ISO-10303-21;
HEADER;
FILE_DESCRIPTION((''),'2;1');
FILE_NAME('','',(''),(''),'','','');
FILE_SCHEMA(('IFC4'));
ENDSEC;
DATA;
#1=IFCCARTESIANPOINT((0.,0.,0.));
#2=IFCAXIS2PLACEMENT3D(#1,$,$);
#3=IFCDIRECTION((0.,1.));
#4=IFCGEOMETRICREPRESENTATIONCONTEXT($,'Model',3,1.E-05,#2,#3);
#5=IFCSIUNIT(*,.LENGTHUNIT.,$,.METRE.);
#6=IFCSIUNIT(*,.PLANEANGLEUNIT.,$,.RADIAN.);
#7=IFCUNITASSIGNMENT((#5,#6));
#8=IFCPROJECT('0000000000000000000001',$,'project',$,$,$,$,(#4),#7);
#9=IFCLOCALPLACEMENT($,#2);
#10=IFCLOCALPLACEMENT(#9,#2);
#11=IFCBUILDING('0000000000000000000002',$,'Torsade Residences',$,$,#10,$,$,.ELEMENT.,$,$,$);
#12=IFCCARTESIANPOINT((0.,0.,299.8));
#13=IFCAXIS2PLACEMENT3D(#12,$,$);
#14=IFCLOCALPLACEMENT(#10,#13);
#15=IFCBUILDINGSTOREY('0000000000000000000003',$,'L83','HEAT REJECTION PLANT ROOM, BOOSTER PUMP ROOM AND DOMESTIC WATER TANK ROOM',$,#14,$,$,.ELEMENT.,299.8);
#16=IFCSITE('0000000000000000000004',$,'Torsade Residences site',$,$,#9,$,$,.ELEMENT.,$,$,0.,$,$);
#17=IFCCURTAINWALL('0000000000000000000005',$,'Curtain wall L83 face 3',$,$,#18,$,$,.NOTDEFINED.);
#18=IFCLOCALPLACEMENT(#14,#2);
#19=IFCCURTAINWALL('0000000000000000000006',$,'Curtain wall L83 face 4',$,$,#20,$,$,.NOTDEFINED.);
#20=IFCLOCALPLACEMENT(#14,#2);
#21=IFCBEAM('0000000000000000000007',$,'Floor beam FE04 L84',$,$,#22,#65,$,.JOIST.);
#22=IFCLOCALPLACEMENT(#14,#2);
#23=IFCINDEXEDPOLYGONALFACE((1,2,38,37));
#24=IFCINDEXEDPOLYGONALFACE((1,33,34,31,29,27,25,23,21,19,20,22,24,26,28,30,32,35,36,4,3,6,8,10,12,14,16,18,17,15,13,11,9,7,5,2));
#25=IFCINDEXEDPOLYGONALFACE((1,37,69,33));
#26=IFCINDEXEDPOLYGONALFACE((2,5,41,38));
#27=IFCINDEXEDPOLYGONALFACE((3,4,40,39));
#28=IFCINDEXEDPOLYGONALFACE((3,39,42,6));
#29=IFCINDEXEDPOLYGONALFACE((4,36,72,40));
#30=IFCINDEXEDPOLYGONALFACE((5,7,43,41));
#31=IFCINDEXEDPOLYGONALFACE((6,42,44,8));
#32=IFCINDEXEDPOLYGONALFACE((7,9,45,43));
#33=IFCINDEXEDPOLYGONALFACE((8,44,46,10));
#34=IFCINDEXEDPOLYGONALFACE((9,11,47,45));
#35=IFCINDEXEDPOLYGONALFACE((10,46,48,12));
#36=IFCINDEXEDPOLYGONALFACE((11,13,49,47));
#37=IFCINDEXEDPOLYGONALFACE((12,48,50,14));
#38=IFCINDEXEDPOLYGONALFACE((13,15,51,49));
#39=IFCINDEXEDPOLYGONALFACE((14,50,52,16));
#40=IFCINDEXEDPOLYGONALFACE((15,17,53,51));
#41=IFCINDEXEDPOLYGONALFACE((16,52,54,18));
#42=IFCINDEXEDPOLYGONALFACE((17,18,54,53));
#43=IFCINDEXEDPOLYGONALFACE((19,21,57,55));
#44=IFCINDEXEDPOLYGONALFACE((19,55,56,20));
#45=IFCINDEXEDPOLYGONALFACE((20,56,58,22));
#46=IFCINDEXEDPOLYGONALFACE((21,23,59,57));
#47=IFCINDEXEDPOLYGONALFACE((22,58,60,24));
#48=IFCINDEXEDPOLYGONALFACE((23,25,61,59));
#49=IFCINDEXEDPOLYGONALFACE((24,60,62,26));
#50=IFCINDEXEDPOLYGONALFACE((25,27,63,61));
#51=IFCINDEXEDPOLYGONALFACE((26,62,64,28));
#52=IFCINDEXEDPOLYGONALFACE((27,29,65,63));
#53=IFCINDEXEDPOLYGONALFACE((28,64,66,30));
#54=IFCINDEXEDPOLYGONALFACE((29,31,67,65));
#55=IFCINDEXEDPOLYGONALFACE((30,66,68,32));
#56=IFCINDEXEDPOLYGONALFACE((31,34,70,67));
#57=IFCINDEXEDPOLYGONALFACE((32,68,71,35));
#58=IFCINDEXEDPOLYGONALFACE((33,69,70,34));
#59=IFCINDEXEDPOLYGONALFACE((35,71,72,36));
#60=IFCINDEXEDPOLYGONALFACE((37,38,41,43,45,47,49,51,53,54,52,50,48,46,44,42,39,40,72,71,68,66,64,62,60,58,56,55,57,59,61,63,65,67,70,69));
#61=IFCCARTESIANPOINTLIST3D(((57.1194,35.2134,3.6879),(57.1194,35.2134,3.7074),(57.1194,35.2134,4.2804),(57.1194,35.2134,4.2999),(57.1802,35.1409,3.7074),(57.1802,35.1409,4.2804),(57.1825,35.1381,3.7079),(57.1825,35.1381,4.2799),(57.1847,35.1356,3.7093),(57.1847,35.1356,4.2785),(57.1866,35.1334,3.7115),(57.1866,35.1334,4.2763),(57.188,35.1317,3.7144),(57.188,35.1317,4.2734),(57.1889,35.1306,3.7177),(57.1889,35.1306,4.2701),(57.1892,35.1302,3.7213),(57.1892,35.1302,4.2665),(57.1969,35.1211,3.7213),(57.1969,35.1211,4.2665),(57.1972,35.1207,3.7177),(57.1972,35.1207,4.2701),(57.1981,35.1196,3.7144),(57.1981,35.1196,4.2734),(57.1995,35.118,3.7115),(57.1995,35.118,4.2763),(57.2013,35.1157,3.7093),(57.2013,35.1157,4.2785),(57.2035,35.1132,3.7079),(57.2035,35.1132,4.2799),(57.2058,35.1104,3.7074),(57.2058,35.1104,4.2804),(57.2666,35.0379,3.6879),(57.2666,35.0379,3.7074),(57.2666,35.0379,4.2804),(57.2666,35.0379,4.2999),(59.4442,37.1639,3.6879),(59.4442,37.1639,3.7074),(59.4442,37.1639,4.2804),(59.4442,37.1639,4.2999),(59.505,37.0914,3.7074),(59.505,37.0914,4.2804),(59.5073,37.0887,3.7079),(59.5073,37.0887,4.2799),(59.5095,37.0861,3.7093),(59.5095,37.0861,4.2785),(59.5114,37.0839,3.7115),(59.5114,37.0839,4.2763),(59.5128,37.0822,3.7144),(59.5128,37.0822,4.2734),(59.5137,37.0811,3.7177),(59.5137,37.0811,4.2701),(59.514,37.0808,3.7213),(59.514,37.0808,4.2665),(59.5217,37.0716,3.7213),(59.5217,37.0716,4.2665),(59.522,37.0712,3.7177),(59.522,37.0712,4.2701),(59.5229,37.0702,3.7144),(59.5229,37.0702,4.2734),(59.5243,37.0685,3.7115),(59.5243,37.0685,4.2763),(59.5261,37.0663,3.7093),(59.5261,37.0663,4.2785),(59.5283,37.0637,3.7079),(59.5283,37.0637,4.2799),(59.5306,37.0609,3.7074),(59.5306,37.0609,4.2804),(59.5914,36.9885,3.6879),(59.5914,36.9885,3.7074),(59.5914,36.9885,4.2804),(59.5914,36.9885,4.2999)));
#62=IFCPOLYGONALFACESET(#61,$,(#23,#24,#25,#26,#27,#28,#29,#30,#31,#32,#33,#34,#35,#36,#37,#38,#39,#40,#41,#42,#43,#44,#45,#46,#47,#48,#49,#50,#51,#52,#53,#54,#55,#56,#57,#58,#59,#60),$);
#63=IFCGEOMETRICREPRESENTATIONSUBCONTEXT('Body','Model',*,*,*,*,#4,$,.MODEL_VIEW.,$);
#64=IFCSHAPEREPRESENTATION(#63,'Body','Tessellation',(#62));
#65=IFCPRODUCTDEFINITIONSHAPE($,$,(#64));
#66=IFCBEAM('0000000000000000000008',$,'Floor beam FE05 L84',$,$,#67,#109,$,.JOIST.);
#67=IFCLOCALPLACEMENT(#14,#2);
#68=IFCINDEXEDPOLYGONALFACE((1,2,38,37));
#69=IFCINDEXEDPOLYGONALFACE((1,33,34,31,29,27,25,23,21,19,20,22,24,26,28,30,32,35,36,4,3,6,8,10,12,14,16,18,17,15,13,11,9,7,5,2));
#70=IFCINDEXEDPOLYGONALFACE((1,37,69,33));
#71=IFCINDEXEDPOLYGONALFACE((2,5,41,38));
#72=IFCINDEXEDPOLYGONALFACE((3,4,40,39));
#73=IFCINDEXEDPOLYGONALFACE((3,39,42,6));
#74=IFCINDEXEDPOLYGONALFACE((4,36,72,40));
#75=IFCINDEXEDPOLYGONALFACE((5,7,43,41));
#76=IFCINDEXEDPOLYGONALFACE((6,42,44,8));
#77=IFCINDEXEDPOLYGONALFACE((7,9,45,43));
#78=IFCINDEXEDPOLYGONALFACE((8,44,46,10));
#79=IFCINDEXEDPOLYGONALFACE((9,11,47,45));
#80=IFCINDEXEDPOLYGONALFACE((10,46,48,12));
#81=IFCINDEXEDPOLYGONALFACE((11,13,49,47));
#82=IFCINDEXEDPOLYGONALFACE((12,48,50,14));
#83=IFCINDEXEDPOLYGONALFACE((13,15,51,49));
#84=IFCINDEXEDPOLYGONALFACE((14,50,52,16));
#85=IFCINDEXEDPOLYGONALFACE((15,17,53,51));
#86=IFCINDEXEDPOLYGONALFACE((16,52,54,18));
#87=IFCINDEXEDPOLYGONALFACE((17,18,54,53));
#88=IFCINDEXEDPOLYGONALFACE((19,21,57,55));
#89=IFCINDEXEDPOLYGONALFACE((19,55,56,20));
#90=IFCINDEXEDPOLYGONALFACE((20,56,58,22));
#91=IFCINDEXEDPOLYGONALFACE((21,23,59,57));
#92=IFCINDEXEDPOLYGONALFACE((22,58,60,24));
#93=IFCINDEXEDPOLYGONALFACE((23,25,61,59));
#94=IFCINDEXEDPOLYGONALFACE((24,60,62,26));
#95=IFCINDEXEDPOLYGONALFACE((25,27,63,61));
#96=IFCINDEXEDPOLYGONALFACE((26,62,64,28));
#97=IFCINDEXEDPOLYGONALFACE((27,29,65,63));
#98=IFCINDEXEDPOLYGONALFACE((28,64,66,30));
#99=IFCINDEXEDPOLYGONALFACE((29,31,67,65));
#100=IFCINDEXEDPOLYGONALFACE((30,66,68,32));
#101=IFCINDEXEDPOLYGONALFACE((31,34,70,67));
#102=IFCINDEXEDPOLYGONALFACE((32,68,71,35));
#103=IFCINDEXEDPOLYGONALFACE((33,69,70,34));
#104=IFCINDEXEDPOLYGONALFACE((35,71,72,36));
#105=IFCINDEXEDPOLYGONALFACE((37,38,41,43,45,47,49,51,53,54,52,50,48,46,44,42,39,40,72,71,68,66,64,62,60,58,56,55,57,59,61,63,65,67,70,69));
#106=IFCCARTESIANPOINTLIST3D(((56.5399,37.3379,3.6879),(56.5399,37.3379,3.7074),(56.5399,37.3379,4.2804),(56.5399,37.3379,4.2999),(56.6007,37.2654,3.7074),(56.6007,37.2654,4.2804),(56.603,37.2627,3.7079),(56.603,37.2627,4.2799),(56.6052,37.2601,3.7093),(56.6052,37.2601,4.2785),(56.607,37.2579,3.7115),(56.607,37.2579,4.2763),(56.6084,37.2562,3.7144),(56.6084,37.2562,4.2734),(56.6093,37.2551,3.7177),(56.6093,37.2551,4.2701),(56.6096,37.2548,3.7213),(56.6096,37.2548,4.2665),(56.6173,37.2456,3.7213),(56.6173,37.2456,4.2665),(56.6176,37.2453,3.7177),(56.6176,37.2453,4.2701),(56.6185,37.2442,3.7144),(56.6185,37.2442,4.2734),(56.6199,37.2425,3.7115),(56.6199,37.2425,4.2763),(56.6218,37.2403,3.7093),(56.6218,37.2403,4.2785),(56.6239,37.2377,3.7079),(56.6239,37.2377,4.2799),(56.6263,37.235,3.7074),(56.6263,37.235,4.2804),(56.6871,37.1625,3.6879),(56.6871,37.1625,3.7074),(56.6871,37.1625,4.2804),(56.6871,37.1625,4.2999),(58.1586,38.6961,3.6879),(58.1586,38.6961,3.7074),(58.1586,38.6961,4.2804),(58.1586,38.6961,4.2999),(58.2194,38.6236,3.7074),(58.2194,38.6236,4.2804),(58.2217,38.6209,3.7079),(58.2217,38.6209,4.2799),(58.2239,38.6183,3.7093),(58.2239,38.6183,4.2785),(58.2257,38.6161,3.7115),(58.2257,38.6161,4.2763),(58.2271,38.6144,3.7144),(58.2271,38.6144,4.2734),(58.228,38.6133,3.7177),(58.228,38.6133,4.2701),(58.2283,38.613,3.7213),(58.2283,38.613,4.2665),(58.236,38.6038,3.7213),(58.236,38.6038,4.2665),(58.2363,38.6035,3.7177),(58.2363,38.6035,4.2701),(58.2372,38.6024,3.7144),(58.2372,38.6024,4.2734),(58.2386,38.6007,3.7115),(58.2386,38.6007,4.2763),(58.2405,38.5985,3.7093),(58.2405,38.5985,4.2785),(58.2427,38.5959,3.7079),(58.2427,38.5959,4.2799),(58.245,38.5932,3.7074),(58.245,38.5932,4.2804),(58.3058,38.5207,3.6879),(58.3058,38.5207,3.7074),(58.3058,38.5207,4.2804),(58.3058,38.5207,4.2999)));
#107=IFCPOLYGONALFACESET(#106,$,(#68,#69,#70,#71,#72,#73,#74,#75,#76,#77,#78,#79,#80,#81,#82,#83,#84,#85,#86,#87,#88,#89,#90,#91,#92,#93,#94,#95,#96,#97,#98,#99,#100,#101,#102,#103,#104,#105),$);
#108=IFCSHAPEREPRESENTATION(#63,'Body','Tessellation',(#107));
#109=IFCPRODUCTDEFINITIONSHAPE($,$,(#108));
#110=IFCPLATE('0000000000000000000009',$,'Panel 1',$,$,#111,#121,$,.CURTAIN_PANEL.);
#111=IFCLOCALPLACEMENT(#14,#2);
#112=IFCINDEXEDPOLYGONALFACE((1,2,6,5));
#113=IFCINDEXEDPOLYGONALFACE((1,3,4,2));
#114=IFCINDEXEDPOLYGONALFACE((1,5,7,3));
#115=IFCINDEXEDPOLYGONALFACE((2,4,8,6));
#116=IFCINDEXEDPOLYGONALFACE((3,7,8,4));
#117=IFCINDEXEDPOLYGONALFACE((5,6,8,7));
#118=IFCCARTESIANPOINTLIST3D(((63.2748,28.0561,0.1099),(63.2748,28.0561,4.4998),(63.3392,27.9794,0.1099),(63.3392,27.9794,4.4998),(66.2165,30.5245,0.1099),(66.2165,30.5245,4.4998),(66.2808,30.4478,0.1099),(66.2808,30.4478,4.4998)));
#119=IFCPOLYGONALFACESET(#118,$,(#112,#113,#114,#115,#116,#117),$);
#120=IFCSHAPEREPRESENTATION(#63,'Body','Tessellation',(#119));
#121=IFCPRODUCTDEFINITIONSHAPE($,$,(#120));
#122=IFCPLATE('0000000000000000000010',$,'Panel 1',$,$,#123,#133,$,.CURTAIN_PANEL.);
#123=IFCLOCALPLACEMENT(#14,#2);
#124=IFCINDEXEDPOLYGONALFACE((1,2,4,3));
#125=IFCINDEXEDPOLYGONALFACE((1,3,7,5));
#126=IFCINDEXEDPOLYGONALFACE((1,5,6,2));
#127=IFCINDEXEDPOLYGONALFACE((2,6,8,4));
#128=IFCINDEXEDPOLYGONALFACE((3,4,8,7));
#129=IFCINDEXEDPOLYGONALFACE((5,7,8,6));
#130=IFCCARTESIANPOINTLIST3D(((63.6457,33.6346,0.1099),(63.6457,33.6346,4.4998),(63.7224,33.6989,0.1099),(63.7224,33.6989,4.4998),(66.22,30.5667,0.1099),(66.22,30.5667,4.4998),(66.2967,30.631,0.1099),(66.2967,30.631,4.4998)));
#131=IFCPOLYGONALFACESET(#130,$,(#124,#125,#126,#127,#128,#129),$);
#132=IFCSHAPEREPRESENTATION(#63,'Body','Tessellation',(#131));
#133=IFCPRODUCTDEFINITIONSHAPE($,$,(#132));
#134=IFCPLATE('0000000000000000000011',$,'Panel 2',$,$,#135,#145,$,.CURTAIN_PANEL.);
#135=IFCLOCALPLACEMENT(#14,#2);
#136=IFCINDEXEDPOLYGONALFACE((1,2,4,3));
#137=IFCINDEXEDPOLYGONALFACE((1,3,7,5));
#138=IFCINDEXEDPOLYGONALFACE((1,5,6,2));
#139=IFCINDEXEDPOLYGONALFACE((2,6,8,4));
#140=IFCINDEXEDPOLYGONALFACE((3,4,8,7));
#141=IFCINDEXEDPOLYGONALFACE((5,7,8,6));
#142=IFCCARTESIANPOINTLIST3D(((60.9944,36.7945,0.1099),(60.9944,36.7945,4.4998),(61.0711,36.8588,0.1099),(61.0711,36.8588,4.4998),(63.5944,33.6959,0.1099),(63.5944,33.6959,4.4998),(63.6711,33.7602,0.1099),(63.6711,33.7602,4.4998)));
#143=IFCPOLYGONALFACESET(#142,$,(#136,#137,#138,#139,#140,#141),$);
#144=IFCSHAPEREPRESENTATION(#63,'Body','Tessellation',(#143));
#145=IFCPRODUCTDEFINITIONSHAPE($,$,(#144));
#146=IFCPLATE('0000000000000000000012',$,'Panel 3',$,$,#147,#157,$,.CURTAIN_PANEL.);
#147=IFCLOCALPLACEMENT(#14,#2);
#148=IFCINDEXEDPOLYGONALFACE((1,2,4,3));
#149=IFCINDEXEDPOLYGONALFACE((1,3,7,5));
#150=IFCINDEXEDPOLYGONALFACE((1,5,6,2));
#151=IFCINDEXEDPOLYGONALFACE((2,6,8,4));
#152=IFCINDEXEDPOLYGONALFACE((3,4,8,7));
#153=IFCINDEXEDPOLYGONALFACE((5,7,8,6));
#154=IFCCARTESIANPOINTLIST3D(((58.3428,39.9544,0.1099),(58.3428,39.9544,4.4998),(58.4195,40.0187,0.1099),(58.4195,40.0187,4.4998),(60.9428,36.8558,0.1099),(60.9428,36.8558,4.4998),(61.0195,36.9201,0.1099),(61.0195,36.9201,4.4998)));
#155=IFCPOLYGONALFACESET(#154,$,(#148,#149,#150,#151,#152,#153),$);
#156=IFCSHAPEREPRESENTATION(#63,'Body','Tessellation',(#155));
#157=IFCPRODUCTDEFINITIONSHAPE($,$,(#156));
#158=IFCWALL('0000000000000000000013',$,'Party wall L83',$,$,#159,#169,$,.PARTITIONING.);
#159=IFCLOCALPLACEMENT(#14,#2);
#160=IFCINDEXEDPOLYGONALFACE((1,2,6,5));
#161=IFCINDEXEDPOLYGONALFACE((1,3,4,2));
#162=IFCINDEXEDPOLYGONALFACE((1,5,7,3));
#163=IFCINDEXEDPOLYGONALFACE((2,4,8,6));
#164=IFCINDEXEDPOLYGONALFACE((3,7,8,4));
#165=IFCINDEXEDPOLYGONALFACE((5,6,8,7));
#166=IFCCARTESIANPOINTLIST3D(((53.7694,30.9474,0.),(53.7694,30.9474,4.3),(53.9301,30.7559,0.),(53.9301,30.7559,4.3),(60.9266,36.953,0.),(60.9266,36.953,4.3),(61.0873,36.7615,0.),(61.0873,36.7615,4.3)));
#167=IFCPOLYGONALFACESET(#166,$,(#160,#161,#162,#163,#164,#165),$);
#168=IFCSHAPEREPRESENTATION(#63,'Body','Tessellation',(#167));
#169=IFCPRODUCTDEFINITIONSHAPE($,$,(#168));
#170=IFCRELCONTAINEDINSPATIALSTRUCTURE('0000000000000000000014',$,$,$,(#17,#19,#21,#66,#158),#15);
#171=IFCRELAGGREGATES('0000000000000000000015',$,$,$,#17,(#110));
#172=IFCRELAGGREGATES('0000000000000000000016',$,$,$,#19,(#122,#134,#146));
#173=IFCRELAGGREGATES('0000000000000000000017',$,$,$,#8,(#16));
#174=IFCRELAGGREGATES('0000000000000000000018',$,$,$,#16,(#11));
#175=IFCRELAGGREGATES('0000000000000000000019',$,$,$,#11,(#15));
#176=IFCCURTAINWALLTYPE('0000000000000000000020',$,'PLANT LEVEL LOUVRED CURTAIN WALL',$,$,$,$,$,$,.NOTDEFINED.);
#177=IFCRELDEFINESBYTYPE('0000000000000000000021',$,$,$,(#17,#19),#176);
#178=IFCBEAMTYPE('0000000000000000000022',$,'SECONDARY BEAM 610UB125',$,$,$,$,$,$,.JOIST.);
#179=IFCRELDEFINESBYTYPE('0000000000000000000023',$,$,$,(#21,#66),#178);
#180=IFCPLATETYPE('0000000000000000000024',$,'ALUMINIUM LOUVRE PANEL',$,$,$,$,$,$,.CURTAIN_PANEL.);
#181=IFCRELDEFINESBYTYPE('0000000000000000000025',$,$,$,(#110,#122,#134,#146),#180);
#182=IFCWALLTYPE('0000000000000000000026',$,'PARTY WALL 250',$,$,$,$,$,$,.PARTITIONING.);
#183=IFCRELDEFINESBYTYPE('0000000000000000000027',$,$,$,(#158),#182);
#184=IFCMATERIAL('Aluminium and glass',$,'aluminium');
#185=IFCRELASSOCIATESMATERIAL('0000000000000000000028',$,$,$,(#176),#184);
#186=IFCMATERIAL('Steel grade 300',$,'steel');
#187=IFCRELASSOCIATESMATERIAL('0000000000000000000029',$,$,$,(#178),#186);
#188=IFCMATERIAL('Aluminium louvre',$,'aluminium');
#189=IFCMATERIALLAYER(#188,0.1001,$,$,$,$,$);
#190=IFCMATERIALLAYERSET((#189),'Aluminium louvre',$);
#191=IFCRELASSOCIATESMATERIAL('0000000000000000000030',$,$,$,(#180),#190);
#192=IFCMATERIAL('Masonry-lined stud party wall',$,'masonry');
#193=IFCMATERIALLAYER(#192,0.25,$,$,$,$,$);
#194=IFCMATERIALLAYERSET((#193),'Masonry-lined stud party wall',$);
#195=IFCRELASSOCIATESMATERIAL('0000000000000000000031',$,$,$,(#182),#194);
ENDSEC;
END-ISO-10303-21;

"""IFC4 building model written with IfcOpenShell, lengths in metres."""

from ifc_helpers import new_model, si_unit, direction, frame, frame_2d, origin, origin_2d, place, context, subcontext, project, spatial, rectangle, i_section, extrude, material, layer, layer_set, material_profile, profile_set, type_object, element, aggregate, save


model = new_model("IFC4")

# Units and contexts
model_context = context("Model", 3, precision=1e-05, world=origin(), true_north=direction((0.0, 1.0)))
body_context = subcontext(model_context, "Body", "Model", "MODEL_VIEW")
ifc_project = project(units=[si_unit("LENGTHUNIT", "METRE"), si_unit("PLANEANGLEUNIT", "RADIAN")], contexts=[model_context])

# Site, building, storey
site_placement = place(None, origin())
site = spatial("IfcSite", under=ifc_project, at=site_placement, Name="Torsade Residences site", CompositionType="ELEMENT", RefElevation=0.0)
building_placement = place(site_placement, origin())
building = spatial("IfcBuilding", under=site, at=building_placement, Name="Torsade Residences", CompositionType="ELEMENT")
storey_placement = place(building_placement, frame((0.0, 0.0, 299.8)))
storey = spatial("IfcBuildingStorey", under=building, at=storey_placement, Name="L83", Description="HEAT REJECTION PLANT ROOM, BOOSTER PUMP ROOM AND DOMESTIC WATER TANK ROOM", CompositionType="ELEMENT", Elevation=299.8)

# Curtain wall
ifc_material_1 = material(Name="Aluminium and glass", Category="aluminium")
curtain_wall_type = type_object("IfcCurtainWallType", Name="PLANT LEVEL LOUVRED CURTAIN WALL", PredefinedType="NOTDEFINED", material=ifc_material_1)
curtain_wall_1_placement = place(storey_placement, origin())
curtain_wall_1 = element("IfcCurtainWall", 1, at=curtain_wall_1_placement, inside=storey, type_object=curtain_wall_type, Name="Curtain wall L83 face 3", PredefinedType="NOTDEFINED")

# Curtain wall
curtain_wall_2_placement = place(storey_placement, origin())
curtain_wall_2 = element("IfcCurtainWall", 2, at=curtain_wall_2_placement, inside=storey, type_object=curtain_wall_type, Name="Curtain wall L83 face 4", PredefinedType="NOTDEFINED")

# Beams
ifc_material_2 = material(Name="Steel grade 300", Category="steel")
ifc_material_profile_1 = material_profile(ifc_material_2, i_section(OverallWidth=0.229, OverallDepth=0.6121, WebThickness=0.012, FlangeThickness=0.0195, FilletRadius=0.0139, at=origin_2d()), Name="610UB125")
ifc_profile_set_1 = profile_set([ifc_material_profile_1], Name="Steel grade 300")
beam_type_1 = type_object("IfcBeamType", Name="SECONDARY BEAM 610UB125", PredefinedType="JOIST", material=ifc_profile_set_1)
beam_1_placement = place(storey_placement, frame((59.5178, 37.0762, 3.9939), z_axis=(-0.76608, -0.642745, 0.0), x_axis=(0.642745, -0.76608, 0.0)))
element("IfcBeam", 3, at=beam_1_placement, inside=storey, type_object=beam_type_1, Name="Floor beam FE04 L84", PredefinedType="JOIST", context=body_context, shape_type="SweptSolid", body=[
    extrude(i_section(OverallWidth=0.229, OverallDepth=0.6121, WebThickness=0.012, FlangeThickness=0.0195, FilletRadius=0.0139, at=origin_2d()), origin(), (0.0, 0.0, 1.0), 3.0347),
])
beam_2_placement = place(storey_placement, frame((58.2322, 38.6084, 3.9939), z_axis=(-0.766058, -0.642772, 0.0), x_axis=(0.642772, -0.766058, 0.0)))
element("IfcBeam", 4, at=beam_2_placement, inside=storey, type_object=beam_type_1, Name="Floor beam FE05 L84", PredefinedType="JOIST", context=body_context, shape_type="SweptSolid", body=[
    extrude(i_section(OverallWidth=0.229, OverallDepth=0.6121, WebThickness=0.012, FlangeThickness=0.0195, FilletRadius=0.0139, at=origin_2d()), origin(), (0.0, 0.0, 1.0), 2.113),
])

# Plates
ifc_material_3 = material(Name="Aluminium louvre", Category="aluminium")
ifc_layer_1 = layer(ifc_material_3, 0.1001)
ifc_layer_set_1 = layer_set([ifc_layer_1], Name="Aluminium louvre")
plate_type = type_object("IfcPlateType", Name="ALUMINIUM LOUVRE PANEL", PredefinedType="CURTAIN_PANEL", material=ifc_layer_set_1)
plate_1_placement = place(storey_placement, frame((64.7778, 29.252, 0.1099), z_axis=(0.0, 0.0, 1.0), x_axis=(0.766044, 0.642788, 0.0)))
plate_1 = element("IfcPlate", 5, at=plate_1_placement, type_object=plate_type, Name="Panel 1", PredefinedType="CURTAIN_PANEL", context=body_context, shape_type="SweptSolid", body=[
    extrude(rectangle(XDim=3.8401, YDim=0.1001, at=origin_2d()), origin(), (0.0, 0.0, 1.0), 4.3899),
])
aggregate(curtain_wall_1, [plate_1])
plate_2_placement = place(storey_placement, frame((64.9712, 32.1328, 0.1099), z_axis=(0.0, 0.0, 1.0), x_axis=(-0.642788, 0.766044, 0.0)))
plate_2 = element("IfcPlate", 6, at=plate_2_placement, type_object=plate_type, Name="Panel 1", PredefinedType="CURTAIN_PANEL", context=body_context, shape_type="SweptSolid", body=[
    extrude(rectangle(XDim=4.0049, YDim=0.1001, at=origin_2d()), origin(), (0.0, 0.0, 1.0), 4.3899),
])
plate_3_placement = place(storey_placement, frame((62.3328, 35.2773, 0.1099), z_axis=(0.0, 0.0, 1.0), x_axis=(-0.642788, 0.766044, 0.0)))
plate_3 = element("IfcPlate", 7, at=plate_3_placement, type_object=plate_type, Name="Panel 2", PredefinedType="CURTAIN_PANEL", context=body_context, shape_type="SweptSolid", body=[
    extrude(rectangle(XDim=4.0449, YDim=0.1001, at=origin_2d()), origin(), (0.0, 0.0, 1.0), 4.3899),
])
plate_4_placement = place(storey_placement, frame((59.6812, 38.4373, 0.1099), z_axis=(0.0, 0.0, 1.0), x_axis=(-0.642788, 0.766044, 0.0)))
plate_4 = element("IfcPlate", 8, at=plate_4_placement, type_object=plate_type, Name="Panel 3", PredefinedType="CURTAIN_PANEL", context=body_context, shape_type="SweptSolid", body=[
    extrude(rectangle(XDim=4.0449, YDim=0.1001, at=origin_2d()), origin(), (0.0, 0.0, 1.0), 4.3899),
])
aggregate(curtain_wall_2, [plate_2, plate_3, plate_4])

# Wall
ifc_material_4 = material(Name="Masonry-lined stud party wall", Category="masonry")
ifc_layer_2 = layer(ifc_material_4, 0.25)
ifc_layer_set_2 = layer_set([ifc_layer_2], Name="Masonry-lined stud party wall")
wall_type = type_object("IfcWallType", Name="PARTY WALL 250", PredefinedType="PARTITIONING", material=ifc_layer_set_2)
wall_placement = place(storey_placement, frame((61.0068, 36.8572, 0.0), z_axis=(0.0, 0.0, 1.0), x_axis=(-0.766045, -0.642787, 0.0)))
element("IfcWall", 9, at=wall_placement, inside=storey, type_object=wall_type, Name="Party wall L83", PredefinedType="PARTITIONING", context=body_context, shape_type="SweptSolid", body=[
    extrude(rectangle(XDim=9.343, YDim=0.25, at=frame_2d((4.6714, 0.0))), origin(), (0.0, 0.0, 1.0), 4.3),
])

save(model, "model.ifc")
